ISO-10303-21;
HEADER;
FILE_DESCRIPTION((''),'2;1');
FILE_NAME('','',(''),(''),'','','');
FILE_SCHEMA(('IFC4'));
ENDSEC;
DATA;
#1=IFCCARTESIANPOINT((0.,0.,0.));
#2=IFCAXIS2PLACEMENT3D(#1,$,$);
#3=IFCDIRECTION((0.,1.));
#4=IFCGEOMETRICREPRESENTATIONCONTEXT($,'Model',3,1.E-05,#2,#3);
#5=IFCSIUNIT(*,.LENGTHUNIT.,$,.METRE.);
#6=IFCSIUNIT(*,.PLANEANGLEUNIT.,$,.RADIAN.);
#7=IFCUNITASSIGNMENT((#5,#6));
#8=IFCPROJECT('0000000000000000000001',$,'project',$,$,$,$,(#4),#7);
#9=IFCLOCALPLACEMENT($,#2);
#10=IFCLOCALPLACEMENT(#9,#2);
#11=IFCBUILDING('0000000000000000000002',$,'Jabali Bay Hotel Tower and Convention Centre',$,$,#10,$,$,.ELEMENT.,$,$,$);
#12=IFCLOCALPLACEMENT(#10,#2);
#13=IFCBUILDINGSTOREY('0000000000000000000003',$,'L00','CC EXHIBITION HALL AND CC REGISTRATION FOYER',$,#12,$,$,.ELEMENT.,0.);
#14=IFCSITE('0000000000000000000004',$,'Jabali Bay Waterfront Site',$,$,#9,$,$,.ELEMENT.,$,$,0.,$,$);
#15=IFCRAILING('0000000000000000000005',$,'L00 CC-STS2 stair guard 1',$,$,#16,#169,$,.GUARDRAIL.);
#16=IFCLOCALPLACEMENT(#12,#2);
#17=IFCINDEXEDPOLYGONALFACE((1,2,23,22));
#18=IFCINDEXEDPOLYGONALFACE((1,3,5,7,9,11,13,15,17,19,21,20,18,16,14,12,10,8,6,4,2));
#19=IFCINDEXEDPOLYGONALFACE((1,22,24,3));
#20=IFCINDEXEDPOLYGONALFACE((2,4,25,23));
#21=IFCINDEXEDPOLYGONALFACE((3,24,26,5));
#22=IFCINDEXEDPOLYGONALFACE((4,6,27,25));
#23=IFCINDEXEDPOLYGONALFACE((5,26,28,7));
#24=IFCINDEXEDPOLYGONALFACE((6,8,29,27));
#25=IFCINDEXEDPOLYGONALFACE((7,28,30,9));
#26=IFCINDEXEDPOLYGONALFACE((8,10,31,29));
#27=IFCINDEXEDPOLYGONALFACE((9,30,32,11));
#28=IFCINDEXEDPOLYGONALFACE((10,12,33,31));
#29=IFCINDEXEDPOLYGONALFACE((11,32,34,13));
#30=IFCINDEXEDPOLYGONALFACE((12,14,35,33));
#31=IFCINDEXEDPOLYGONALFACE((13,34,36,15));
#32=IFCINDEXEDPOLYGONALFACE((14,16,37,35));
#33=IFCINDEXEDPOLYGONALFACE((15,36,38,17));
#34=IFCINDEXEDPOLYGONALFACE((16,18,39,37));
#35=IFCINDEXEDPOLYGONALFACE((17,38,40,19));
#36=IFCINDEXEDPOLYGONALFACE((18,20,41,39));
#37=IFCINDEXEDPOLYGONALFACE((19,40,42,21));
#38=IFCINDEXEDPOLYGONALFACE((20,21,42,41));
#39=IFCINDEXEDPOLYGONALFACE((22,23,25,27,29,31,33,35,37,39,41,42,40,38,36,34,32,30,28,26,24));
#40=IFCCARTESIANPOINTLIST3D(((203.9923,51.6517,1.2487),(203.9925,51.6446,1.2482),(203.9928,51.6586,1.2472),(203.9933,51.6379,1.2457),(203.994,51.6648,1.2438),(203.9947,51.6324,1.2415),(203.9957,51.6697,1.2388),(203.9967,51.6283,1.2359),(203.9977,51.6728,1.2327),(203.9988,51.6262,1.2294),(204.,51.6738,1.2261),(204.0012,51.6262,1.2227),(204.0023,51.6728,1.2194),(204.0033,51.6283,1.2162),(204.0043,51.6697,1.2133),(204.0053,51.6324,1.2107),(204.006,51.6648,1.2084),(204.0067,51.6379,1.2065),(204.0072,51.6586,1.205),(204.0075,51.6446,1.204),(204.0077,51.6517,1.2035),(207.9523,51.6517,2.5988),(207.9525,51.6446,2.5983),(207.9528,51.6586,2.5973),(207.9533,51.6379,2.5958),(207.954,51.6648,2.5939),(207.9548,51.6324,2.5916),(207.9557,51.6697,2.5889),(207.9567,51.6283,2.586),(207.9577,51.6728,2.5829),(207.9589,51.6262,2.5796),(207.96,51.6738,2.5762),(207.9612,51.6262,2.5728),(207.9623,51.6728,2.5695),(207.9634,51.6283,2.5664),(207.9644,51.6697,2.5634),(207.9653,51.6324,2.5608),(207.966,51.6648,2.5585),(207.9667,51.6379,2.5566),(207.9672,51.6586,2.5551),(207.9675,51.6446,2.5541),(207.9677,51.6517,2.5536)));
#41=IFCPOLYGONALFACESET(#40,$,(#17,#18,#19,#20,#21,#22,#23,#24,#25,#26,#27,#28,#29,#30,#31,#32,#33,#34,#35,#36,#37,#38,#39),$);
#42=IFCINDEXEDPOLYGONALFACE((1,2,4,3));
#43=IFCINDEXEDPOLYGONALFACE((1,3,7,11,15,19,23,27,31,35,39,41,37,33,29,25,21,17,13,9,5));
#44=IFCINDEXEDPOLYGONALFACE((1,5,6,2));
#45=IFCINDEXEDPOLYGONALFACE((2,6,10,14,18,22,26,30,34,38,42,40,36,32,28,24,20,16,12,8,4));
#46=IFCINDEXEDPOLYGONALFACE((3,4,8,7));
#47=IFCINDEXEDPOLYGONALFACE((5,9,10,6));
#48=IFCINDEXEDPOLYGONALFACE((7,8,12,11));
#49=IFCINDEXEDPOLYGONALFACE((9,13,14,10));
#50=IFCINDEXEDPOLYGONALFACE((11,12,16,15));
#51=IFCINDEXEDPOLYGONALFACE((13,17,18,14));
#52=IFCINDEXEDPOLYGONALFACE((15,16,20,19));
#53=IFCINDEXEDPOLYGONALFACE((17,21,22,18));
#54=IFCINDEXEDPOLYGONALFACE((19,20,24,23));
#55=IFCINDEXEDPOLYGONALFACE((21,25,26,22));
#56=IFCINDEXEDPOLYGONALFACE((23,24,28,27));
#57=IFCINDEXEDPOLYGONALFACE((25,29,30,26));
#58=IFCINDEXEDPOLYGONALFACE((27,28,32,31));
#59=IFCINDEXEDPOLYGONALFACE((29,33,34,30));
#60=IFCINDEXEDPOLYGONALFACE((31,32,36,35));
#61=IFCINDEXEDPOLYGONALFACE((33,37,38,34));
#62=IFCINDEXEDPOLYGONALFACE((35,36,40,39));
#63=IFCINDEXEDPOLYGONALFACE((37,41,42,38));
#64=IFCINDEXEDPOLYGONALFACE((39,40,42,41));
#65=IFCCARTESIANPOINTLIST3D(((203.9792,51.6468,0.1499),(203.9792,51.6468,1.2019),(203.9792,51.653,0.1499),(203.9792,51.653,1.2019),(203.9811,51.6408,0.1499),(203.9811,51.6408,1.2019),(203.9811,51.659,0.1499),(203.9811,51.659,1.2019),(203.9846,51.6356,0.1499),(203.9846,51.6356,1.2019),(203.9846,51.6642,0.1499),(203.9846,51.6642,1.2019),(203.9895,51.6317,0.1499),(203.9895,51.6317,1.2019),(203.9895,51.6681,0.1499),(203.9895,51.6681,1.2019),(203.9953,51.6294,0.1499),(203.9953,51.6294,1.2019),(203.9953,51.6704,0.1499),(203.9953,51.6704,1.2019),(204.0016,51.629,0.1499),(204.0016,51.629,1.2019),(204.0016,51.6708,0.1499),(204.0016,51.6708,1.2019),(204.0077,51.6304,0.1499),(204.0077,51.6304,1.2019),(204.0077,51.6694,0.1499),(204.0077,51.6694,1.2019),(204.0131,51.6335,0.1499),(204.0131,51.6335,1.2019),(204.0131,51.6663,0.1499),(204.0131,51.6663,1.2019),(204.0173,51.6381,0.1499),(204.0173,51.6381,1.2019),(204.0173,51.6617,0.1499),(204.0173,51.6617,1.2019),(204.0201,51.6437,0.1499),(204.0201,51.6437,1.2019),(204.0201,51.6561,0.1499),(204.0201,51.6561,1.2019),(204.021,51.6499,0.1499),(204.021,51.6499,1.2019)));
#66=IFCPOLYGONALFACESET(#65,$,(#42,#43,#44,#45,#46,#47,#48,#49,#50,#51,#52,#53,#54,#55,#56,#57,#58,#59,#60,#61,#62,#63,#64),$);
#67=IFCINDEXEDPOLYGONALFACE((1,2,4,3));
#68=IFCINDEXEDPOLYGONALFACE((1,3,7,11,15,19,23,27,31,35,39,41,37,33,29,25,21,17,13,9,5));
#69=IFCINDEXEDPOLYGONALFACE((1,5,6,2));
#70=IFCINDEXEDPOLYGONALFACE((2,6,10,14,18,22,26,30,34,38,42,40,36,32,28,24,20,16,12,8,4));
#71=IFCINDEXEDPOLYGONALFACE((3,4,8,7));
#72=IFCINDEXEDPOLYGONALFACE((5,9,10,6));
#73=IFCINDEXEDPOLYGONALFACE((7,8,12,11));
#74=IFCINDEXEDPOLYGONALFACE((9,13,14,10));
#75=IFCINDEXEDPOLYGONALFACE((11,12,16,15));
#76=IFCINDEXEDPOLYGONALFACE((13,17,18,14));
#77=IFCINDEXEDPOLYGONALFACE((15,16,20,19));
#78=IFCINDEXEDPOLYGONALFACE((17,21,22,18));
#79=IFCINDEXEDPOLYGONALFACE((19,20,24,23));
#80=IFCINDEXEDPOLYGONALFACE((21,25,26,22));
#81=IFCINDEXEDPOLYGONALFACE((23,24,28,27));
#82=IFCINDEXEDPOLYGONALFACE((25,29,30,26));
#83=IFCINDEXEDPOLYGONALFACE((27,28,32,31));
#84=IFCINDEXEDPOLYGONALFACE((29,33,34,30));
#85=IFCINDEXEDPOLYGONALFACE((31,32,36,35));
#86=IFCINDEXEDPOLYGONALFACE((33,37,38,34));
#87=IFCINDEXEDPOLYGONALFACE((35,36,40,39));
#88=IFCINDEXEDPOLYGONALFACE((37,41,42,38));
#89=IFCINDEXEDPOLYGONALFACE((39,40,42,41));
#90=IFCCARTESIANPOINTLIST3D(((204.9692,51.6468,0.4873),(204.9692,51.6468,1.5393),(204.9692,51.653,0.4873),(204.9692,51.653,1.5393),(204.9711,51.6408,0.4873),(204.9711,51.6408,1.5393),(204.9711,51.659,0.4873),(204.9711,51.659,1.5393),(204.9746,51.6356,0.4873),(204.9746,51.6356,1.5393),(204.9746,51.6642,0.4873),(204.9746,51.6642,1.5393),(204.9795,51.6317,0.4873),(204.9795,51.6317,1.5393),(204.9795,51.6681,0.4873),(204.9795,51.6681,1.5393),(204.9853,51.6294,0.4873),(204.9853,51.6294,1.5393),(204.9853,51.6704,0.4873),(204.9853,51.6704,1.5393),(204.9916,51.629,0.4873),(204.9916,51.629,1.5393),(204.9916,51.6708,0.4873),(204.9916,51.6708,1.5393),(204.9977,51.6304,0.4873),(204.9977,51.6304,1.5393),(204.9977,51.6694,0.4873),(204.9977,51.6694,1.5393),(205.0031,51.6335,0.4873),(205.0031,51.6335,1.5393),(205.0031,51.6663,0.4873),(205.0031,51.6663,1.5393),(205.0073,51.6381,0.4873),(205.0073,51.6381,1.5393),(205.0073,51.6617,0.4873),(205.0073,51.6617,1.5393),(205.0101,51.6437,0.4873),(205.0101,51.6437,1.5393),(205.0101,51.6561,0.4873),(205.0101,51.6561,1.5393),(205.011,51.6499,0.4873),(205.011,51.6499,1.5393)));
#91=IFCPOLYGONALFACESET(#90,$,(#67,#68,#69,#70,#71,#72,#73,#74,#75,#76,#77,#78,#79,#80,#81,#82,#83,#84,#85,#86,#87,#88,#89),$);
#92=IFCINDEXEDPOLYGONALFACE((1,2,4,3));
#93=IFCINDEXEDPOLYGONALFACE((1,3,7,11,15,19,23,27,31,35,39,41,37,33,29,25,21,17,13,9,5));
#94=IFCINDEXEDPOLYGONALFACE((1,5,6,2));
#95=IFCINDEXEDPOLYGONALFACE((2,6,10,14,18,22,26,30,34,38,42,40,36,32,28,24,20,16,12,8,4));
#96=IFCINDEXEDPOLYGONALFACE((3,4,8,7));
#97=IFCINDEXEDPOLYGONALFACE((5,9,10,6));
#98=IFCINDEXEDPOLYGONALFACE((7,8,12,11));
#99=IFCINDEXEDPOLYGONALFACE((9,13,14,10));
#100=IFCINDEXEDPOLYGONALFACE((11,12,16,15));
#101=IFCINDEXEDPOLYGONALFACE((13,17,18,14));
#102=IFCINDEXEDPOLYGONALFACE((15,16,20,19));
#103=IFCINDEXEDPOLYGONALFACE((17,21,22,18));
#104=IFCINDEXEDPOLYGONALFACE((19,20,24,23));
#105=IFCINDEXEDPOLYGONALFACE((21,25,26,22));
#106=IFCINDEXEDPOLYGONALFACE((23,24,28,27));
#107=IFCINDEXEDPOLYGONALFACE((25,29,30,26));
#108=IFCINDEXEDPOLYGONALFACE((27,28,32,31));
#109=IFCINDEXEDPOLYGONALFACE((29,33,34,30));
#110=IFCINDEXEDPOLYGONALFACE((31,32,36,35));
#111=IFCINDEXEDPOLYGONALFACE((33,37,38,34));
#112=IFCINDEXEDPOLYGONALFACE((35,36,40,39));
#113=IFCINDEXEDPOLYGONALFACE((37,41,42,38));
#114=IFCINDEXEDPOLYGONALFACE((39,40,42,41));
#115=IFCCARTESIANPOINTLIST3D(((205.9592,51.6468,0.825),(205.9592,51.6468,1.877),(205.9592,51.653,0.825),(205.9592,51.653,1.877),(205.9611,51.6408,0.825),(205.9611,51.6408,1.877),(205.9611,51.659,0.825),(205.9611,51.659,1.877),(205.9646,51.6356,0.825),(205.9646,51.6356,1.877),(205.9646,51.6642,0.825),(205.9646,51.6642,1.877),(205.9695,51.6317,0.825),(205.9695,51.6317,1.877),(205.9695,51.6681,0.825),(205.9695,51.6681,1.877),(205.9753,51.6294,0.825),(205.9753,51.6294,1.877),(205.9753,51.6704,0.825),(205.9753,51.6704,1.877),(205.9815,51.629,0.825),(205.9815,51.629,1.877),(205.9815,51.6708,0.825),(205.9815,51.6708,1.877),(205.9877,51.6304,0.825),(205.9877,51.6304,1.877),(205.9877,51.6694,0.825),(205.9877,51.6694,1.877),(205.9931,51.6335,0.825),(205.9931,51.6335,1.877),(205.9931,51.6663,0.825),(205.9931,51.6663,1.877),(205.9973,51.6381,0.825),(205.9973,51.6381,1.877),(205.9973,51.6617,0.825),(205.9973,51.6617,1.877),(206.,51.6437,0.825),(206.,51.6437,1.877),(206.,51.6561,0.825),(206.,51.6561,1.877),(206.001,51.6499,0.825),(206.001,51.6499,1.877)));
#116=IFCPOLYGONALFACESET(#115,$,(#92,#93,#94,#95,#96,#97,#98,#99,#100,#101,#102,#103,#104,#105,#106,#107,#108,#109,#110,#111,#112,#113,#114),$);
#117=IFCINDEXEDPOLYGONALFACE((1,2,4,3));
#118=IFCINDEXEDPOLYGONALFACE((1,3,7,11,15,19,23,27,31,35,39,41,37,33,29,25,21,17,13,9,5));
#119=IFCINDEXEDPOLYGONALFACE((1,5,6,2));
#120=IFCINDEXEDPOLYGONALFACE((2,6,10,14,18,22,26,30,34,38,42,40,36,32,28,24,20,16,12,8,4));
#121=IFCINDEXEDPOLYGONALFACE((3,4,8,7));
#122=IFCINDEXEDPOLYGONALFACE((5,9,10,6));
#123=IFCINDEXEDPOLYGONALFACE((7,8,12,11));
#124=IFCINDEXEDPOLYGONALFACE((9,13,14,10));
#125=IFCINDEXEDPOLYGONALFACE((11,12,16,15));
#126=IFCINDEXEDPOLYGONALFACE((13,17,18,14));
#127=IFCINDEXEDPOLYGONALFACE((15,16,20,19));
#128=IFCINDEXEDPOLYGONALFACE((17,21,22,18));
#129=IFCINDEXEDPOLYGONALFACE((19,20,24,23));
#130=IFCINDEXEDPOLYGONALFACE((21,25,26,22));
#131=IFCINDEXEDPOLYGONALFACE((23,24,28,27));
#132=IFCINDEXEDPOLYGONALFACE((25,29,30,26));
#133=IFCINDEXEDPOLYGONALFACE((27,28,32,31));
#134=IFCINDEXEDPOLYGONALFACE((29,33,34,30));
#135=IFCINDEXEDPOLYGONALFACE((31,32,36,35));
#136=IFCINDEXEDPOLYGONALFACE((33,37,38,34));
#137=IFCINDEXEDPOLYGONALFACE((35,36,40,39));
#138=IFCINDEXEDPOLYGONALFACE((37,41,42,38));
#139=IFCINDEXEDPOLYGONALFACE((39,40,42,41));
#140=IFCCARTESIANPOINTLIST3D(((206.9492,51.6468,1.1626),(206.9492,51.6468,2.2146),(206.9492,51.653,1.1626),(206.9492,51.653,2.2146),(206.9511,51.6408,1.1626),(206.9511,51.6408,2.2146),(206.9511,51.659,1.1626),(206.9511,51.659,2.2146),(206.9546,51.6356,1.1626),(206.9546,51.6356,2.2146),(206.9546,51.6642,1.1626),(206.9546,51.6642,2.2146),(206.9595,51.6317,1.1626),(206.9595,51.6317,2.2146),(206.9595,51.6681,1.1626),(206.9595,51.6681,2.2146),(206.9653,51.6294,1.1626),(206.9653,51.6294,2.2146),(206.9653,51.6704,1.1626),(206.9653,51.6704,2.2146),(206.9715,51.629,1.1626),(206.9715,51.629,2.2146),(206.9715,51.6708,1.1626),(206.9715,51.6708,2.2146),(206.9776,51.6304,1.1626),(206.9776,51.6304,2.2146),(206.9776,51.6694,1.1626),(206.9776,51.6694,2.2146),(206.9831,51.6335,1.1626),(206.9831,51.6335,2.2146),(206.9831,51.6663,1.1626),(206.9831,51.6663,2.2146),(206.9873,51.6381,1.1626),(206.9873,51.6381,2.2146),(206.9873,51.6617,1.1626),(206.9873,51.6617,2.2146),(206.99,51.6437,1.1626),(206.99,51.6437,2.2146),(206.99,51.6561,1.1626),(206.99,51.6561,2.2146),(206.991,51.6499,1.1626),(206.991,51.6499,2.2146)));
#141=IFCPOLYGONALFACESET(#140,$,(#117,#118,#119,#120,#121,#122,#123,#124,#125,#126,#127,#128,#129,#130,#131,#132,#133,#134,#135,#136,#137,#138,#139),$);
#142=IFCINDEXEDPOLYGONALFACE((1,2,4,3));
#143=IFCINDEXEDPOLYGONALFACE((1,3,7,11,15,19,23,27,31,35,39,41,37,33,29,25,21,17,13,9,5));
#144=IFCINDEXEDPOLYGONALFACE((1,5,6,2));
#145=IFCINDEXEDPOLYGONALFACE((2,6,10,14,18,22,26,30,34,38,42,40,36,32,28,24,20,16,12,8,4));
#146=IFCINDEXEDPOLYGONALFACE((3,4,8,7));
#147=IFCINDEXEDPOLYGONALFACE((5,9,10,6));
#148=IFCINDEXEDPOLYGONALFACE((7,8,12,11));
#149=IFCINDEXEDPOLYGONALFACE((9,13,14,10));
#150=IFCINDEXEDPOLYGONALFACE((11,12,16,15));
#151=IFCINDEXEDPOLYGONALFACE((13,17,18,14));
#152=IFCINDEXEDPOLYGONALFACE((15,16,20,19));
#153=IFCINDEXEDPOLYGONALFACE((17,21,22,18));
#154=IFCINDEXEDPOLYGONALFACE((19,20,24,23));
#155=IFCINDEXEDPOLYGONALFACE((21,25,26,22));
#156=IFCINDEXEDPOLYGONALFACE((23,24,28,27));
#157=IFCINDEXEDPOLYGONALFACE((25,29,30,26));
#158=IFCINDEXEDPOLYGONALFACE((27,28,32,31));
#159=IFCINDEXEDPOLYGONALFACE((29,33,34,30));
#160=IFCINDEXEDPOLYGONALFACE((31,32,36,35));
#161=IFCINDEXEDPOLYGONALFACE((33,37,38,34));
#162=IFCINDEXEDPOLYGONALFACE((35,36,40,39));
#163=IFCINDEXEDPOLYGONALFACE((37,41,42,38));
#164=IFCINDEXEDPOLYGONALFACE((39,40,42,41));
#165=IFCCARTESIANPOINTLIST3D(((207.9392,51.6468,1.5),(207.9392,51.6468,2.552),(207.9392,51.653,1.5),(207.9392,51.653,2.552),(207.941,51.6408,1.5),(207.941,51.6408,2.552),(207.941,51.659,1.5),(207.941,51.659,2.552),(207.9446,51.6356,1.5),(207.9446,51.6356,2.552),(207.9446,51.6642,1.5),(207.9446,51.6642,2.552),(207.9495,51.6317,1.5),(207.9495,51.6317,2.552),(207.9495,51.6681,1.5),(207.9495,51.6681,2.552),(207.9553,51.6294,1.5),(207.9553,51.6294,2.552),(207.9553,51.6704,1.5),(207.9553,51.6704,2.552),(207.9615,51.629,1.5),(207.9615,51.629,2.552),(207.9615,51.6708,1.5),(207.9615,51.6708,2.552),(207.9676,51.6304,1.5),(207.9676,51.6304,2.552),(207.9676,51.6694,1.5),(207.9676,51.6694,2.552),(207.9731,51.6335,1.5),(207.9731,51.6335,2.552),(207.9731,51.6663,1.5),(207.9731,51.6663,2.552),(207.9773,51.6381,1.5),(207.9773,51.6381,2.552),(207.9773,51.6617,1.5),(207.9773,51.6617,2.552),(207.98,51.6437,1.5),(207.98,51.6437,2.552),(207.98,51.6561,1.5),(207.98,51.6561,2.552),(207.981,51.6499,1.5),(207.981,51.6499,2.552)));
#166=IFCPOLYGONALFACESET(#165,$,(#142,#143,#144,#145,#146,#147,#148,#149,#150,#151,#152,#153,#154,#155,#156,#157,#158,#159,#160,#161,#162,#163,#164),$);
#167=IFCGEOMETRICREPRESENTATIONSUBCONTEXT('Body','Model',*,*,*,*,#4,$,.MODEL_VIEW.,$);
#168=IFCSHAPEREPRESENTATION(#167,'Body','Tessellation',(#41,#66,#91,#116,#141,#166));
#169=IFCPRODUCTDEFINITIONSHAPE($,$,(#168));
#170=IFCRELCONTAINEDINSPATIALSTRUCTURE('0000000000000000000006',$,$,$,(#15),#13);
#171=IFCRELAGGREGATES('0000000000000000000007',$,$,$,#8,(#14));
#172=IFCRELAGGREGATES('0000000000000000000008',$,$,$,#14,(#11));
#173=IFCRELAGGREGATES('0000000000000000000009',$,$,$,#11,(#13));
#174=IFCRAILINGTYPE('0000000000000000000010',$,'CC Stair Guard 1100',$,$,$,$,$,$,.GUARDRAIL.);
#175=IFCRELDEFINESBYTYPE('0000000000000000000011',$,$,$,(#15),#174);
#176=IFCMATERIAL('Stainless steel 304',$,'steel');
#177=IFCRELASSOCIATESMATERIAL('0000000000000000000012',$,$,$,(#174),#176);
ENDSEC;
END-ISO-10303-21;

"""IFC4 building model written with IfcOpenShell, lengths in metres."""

from ifc_helpers import new_model, si_unit, direction, frame, origin, origin_2d, place, context, subcontext, project, spatial, circle, extrude, material, type_object, element, save


model = new_model("IFC4")

# Units and contexts
model_context = context("Model", 3, precision=1e-05, world=origin(), true_north=direction((0.0, 1.0)))
body_context = subcontext(model_context, "Body", "Model", "MODEL_VIEW")
ifc_project = project(units=[si_unit("LENGTHUNIT", "METRE"), si_unit("PLANEANGLEUNIT", "RADIAN")], contexts=[model_context])

# Site, building, storey
site_placement = place(None, origin())
site = spatial("IfcSite", under=ifc_project, at=site_placement, Name="Jabali Bay Waterfront Site", CompositionType="ELEMENT", RefElevation=0.0)
building_placement = place(site_placement, origin())
building = spatial("IfcBuilding", under=site, at=building_placement, Name="Jabali Bay Hotel Tower and Convention Centre", CompositionType="ELEMENT")
storey_placement = place(building_placement, origin())
storey = spatial("IfcBuildingStorey", under=building, at=storey_placement, Name="L00", Description="CC EXHIBITION HALL AND CC REGISTRATION FOYER", CompositionType="ELEMENT", Elevation=0.0)

# Railing
ifc_material_1 = material(Name="Stainless steel 304", Category="steel")
railing_type_1 = type_object("IfcRailingType", Name="CC Stair Guard 1100", PredefinedType="GUARDRAIL", material=ifc_material_1)
railing_1_placement = place(storey_placement, frame((204.0, 51.6499, 0.1499)))
element("IfcRailing", 1, at=railing_1_placement, inside=storey, type_object=railing_type_1, Name="L00 CC-STS2 stair guard 1", PredefinedType="GUARDRAIL", context=body_context, shape_type="SweptSolid", body=[
    extrude(circle(Radius=0.0239, at=origin_2d()), frame((0.0, 0.0, 1.0762), z_axis=(0.946502, 0.0, 0.322698), x_axis=(0.0, 1.0, 0.0)), (0.0, 0.0, 1.0), 4.1838),
    extrude(circle(Radius=0.021, at=origin_2d()), origin(), (0.0, 0.0, 1.0), 1.052),
    extrude(circle(Radius=0.021, at=origin_2d()), frame((0.99, 0.0, 0.3374)), (0.0, 0.0, 1.0), 1.052),
    extrude(circle(Radius=0.021, at=origin_2d()), frame((1.98, 0.0, 0.675)), (0.0, 0.0, 1.0), 1.052),
    extrude(circle(Radius=0.021, at=origin_2d()), frame((2.97, 0.0, 1.0127)), (0.0, 0.0, 1.0), 1.052),
    extrude(circle(Radius=0.021, at=origin_2d()), frame((3.96, 0.0, 1.3501)), (0.0, 0.0, 1.0), 1.052),
])

save(model, "model.ifc")
